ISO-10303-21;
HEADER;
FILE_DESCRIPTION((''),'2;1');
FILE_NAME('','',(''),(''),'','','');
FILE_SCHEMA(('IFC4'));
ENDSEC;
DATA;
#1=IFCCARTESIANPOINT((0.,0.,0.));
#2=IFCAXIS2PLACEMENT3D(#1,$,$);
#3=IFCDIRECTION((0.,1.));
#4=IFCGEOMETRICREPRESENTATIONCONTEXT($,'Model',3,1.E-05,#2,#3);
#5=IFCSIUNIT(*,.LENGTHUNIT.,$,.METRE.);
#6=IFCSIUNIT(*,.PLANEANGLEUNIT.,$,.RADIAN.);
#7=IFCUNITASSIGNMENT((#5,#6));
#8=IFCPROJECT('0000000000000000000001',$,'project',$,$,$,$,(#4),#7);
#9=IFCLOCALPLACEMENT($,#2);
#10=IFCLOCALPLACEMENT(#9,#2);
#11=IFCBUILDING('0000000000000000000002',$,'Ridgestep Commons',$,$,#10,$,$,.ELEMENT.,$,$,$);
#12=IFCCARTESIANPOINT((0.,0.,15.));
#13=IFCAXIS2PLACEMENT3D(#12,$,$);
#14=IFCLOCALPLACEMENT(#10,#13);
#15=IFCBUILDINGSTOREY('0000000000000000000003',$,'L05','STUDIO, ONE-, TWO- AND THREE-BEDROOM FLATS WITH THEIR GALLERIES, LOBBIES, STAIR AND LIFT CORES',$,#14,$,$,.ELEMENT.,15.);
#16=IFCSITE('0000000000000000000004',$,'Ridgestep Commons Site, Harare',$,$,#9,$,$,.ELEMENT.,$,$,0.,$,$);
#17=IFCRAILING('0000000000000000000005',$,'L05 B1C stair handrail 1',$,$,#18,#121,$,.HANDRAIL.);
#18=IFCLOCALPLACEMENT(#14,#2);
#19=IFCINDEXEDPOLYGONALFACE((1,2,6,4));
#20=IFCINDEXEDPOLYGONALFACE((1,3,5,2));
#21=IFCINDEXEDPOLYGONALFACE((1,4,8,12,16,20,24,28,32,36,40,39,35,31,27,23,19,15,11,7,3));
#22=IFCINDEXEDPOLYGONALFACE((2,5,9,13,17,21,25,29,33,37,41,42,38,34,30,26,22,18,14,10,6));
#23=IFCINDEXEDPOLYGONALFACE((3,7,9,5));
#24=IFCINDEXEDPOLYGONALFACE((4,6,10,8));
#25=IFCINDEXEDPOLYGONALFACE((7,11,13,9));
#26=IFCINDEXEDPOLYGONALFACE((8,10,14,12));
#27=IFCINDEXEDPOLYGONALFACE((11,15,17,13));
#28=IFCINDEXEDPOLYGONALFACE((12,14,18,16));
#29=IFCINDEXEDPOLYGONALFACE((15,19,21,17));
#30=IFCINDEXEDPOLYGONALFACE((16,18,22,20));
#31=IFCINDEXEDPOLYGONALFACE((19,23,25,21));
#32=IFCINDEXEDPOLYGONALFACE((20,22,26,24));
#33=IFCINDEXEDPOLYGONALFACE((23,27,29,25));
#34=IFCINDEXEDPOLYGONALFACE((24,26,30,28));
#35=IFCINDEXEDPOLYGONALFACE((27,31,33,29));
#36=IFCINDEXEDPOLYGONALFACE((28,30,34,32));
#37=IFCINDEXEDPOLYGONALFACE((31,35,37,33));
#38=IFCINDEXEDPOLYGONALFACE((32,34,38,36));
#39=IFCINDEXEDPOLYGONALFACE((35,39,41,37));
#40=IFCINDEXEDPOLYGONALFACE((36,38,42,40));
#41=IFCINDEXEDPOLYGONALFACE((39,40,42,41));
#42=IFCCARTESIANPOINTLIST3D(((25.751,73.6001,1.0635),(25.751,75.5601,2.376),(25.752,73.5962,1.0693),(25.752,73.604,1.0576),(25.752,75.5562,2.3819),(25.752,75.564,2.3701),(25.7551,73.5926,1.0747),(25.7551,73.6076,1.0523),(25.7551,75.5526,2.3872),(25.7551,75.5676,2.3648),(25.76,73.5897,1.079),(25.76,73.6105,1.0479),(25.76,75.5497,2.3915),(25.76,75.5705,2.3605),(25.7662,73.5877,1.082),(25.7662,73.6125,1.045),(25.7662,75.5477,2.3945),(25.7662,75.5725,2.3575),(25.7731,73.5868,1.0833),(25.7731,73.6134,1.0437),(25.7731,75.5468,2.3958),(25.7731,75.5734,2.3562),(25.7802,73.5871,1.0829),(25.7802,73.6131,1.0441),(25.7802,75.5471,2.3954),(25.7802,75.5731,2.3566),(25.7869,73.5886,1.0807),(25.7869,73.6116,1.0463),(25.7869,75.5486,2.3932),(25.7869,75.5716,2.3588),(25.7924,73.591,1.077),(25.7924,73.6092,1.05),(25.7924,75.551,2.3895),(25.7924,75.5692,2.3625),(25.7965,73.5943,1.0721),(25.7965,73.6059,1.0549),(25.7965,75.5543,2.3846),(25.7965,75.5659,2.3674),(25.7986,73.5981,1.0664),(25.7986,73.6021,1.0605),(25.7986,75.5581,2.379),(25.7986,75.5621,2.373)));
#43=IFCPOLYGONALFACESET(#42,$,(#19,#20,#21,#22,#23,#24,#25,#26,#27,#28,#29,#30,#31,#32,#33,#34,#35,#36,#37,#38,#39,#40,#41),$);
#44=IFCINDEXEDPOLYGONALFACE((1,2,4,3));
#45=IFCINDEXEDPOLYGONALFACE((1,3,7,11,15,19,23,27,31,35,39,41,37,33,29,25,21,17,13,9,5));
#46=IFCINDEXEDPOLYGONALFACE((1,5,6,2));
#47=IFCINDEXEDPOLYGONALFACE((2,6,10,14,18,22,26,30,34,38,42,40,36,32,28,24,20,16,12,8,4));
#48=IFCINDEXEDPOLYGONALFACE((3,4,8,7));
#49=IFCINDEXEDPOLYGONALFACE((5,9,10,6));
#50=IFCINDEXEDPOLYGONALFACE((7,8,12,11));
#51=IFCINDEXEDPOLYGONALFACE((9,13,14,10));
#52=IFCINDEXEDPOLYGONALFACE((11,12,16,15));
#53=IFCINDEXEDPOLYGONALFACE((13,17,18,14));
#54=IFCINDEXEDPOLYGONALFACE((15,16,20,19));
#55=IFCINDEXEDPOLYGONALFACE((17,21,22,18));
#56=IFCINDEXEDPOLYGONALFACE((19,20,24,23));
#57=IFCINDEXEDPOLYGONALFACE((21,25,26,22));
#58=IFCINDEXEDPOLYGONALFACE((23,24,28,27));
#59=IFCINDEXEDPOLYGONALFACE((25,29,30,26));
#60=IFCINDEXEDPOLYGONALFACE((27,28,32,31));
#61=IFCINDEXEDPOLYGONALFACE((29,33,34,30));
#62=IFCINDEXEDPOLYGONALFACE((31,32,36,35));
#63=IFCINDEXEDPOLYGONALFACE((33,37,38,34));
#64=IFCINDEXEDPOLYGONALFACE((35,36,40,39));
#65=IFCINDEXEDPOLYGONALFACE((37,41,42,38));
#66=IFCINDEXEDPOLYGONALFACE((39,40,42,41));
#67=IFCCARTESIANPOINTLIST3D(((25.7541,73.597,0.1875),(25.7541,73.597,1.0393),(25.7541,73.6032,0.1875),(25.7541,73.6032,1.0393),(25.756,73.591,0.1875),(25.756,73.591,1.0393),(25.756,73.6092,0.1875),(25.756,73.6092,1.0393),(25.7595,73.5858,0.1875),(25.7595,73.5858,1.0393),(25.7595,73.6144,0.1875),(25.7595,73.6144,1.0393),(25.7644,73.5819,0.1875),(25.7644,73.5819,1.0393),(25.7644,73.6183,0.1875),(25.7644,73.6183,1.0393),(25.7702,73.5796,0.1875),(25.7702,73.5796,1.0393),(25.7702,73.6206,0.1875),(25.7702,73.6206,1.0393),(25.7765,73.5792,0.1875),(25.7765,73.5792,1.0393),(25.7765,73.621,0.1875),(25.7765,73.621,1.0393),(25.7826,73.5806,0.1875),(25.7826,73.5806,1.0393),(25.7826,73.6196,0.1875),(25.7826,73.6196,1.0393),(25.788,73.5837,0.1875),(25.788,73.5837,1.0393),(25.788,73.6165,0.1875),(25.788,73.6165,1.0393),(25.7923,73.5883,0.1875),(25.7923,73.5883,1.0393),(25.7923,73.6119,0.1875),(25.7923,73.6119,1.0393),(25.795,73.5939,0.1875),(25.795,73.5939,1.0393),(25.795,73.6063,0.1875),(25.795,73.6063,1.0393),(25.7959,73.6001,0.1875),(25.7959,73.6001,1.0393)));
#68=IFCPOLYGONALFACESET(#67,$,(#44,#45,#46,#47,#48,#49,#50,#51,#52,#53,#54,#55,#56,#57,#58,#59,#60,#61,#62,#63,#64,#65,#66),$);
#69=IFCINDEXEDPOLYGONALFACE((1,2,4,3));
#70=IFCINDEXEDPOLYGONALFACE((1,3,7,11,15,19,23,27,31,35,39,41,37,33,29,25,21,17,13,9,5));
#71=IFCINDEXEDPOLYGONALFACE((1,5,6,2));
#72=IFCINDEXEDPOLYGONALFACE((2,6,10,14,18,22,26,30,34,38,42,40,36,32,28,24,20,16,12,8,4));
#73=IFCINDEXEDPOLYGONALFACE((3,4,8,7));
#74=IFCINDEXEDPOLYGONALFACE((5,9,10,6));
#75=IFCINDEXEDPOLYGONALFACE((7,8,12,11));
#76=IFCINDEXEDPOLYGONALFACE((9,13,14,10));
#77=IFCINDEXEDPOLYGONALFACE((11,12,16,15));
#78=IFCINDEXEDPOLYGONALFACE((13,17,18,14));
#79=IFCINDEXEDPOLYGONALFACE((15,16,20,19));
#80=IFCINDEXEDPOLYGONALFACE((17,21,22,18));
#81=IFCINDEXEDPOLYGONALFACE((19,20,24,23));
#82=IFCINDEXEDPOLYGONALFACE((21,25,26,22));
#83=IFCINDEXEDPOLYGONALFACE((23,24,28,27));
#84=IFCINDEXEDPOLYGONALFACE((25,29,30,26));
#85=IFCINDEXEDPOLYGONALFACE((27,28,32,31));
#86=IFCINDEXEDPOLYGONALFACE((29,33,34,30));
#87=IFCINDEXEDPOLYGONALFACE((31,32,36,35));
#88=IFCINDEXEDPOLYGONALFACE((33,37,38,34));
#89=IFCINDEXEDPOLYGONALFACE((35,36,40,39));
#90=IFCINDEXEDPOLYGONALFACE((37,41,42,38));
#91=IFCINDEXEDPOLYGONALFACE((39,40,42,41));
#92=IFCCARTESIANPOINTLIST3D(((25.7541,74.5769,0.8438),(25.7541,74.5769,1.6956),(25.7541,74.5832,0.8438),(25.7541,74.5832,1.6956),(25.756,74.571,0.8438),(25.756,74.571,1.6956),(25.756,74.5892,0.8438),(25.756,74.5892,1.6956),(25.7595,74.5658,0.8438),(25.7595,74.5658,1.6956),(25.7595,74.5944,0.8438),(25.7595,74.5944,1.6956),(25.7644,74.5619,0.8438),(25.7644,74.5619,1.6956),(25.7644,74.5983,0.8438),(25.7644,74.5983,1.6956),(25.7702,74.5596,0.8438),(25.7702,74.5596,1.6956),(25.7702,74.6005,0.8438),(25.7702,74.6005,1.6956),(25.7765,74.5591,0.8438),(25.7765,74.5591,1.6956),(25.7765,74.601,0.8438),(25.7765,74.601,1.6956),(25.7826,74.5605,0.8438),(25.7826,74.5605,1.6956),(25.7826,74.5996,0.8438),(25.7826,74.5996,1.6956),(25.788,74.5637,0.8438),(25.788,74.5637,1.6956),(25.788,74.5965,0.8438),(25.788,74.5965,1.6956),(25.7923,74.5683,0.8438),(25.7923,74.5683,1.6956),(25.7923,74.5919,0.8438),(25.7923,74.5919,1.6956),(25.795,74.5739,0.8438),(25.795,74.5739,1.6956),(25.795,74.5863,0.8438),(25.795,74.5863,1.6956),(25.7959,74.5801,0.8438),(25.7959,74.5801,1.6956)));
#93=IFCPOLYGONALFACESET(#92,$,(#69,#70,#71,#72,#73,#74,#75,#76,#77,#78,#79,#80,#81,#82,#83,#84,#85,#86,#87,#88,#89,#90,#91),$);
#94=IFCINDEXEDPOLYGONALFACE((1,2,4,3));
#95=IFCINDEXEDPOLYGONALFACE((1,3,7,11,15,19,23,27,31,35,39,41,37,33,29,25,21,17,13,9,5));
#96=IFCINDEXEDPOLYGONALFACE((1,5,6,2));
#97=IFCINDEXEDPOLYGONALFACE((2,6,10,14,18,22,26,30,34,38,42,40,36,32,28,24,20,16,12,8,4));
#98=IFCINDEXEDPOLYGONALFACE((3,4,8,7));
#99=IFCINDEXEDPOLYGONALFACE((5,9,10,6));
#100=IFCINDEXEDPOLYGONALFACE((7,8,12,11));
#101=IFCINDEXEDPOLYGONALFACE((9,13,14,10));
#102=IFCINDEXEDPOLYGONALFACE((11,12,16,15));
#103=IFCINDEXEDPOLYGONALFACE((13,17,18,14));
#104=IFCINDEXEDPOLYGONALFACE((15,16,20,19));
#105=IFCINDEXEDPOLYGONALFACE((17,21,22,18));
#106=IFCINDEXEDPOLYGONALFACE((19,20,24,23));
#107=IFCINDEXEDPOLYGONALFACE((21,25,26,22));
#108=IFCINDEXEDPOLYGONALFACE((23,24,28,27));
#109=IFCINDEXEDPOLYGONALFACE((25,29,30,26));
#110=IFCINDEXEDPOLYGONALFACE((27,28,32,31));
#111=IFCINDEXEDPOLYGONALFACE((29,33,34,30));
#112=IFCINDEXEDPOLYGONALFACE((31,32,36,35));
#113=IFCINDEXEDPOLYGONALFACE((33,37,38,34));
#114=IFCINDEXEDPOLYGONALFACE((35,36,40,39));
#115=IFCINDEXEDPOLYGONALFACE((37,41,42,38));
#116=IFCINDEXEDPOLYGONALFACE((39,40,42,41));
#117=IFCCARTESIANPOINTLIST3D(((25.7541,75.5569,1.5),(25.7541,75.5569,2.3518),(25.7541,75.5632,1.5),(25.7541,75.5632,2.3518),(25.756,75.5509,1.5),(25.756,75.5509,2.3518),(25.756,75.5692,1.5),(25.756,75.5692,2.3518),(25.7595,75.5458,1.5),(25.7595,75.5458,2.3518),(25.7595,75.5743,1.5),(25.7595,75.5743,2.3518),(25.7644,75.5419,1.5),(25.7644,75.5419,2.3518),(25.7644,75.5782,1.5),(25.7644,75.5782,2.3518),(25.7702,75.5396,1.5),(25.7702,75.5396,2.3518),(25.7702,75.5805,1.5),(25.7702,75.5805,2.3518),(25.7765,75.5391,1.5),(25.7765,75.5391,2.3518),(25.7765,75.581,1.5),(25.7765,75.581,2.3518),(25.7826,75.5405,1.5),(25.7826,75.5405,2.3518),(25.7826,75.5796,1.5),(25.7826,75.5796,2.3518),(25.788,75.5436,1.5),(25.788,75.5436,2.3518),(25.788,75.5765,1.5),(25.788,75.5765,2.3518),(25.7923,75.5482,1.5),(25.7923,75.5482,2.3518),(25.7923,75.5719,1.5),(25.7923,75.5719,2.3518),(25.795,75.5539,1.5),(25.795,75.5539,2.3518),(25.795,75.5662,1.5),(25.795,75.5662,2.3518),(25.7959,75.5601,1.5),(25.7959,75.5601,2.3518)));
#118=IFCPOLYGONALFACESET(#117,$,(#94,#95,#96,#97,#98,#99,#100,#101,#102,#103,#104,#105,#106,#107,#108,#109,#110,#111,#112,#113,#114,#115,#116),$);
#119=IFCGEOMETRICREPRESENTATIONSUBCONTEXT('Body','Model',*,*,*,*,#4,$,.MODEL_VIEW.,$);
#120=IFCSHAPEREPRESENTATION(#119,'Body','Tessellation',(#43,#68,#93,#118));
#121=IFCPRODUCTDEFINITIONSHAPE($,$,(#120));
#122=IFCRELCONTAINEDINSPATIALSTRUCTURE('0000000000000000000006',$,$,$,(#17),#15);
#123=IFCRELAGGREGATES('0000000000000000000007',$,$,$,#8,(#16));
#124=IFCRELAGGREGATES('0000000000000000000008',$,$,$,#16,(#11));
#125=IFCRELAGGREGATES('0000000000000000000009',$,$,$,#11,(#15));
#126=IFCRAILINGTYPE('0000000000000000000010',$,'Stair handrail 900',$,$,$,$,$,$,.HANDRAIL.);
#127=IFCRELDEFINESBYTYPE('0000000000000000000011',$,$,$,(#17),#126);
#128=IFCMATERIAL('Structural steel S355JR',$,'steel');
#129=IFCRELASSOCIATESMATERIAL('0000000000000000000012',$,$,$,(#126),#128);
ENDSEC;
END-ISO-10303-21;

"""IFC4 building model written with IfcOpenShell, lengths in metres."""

from ifc_helpers import new_model, si_unit, direction, frame, origin, origin_2d, place, context, subcontext, project, spatial, circle, extrude, material, type_object, element, save


model = new_model("IFC4")

# Units and contexts
model_context = context("Model", 3, precision=1e-05, world=origin(), true_north=direction((0.0, 1.0)))
body_context = subcontext(model_context, "Body", "Model", "MODEL_VIEW")
ifc_project = project(units=[si_unit("LENGTHUNIT", "METRE"), si_unit("PLANEANGLEUNIT", "RADIAN")], contexts=[model_context])

# Site, building, storey
site_placement = place(None, origin())
site = spatial("IfcSite", under=ifc_project, at=site_placement, Name="Ridgestep Commons Site, Harare", CompositionType="ELEMENT", RefElevation=0.0)
building_placement = place(site_placement, origin())
building = spatial("IfcBuilding", under=site, at=building_placement, Name="Ridgestep Commons", CompositionType="ELEMENT")
storey_placement = place(building_placement, frame((0.0, 0.0, 15.0)))
storey = spatial("IfcBuildingStorey", under=building, at=storey_placement, Name="L05", Description="STUDIO, ONE-, TWO- AND THREE-BEDROOM FLATS WITH THEIR GALLERIES, LOBBIES, STAIR AND LIFT CORES", CompositionType="ELEMENT", Elevation=15.0)

# Railing
ifc_material_1 = material(Name="Structural steel S355JR", Category="steel")
railing_type_1 = type_object("IfcRailingType", Name="Stair handrail 900", PredefinedType="HANDRAIL", material=ifc_material_1)
railing_1_placement = place(storey_placement, frame((25.7749, 73.6001, 0.1875)))
element("IfcRailing", 1, at=railing_1_placement, inside=storey, type_object=railing_type_1, Name="L05 B1C stair handrail 1", PredefinedType="HANDRAIL", context=body_context, shape_type="SweptSolid", body=[
    extrude(circle(Radius=0.0239, at=origin_2d()), frame((0.0, 0.0, 0.876), z_axis=(0.0, 0.830902, 0.556419), x_axis=(-1.0, 0.0, 0.0)), (0.0, 0.0, 1.0), 2.3589),
    extrude(circle(Radius=0.021, at=origin_2d()), origin(), (0.0, 0.0, 1.0), 0.8518),
    extrude(circle(Radius=0.021, at=origin_2d()), frame((0.0, 0.98, 0.6562)), (0.0, 0.0, 1.0), 0.8518),
    extrude(circle(Radius=0.021, at=origin_2d()), frame((0.0, 1.96, 1.3125)), (0.0, 0.0, 1.0), 0.8518),
])

save(model, "model.ifc")
